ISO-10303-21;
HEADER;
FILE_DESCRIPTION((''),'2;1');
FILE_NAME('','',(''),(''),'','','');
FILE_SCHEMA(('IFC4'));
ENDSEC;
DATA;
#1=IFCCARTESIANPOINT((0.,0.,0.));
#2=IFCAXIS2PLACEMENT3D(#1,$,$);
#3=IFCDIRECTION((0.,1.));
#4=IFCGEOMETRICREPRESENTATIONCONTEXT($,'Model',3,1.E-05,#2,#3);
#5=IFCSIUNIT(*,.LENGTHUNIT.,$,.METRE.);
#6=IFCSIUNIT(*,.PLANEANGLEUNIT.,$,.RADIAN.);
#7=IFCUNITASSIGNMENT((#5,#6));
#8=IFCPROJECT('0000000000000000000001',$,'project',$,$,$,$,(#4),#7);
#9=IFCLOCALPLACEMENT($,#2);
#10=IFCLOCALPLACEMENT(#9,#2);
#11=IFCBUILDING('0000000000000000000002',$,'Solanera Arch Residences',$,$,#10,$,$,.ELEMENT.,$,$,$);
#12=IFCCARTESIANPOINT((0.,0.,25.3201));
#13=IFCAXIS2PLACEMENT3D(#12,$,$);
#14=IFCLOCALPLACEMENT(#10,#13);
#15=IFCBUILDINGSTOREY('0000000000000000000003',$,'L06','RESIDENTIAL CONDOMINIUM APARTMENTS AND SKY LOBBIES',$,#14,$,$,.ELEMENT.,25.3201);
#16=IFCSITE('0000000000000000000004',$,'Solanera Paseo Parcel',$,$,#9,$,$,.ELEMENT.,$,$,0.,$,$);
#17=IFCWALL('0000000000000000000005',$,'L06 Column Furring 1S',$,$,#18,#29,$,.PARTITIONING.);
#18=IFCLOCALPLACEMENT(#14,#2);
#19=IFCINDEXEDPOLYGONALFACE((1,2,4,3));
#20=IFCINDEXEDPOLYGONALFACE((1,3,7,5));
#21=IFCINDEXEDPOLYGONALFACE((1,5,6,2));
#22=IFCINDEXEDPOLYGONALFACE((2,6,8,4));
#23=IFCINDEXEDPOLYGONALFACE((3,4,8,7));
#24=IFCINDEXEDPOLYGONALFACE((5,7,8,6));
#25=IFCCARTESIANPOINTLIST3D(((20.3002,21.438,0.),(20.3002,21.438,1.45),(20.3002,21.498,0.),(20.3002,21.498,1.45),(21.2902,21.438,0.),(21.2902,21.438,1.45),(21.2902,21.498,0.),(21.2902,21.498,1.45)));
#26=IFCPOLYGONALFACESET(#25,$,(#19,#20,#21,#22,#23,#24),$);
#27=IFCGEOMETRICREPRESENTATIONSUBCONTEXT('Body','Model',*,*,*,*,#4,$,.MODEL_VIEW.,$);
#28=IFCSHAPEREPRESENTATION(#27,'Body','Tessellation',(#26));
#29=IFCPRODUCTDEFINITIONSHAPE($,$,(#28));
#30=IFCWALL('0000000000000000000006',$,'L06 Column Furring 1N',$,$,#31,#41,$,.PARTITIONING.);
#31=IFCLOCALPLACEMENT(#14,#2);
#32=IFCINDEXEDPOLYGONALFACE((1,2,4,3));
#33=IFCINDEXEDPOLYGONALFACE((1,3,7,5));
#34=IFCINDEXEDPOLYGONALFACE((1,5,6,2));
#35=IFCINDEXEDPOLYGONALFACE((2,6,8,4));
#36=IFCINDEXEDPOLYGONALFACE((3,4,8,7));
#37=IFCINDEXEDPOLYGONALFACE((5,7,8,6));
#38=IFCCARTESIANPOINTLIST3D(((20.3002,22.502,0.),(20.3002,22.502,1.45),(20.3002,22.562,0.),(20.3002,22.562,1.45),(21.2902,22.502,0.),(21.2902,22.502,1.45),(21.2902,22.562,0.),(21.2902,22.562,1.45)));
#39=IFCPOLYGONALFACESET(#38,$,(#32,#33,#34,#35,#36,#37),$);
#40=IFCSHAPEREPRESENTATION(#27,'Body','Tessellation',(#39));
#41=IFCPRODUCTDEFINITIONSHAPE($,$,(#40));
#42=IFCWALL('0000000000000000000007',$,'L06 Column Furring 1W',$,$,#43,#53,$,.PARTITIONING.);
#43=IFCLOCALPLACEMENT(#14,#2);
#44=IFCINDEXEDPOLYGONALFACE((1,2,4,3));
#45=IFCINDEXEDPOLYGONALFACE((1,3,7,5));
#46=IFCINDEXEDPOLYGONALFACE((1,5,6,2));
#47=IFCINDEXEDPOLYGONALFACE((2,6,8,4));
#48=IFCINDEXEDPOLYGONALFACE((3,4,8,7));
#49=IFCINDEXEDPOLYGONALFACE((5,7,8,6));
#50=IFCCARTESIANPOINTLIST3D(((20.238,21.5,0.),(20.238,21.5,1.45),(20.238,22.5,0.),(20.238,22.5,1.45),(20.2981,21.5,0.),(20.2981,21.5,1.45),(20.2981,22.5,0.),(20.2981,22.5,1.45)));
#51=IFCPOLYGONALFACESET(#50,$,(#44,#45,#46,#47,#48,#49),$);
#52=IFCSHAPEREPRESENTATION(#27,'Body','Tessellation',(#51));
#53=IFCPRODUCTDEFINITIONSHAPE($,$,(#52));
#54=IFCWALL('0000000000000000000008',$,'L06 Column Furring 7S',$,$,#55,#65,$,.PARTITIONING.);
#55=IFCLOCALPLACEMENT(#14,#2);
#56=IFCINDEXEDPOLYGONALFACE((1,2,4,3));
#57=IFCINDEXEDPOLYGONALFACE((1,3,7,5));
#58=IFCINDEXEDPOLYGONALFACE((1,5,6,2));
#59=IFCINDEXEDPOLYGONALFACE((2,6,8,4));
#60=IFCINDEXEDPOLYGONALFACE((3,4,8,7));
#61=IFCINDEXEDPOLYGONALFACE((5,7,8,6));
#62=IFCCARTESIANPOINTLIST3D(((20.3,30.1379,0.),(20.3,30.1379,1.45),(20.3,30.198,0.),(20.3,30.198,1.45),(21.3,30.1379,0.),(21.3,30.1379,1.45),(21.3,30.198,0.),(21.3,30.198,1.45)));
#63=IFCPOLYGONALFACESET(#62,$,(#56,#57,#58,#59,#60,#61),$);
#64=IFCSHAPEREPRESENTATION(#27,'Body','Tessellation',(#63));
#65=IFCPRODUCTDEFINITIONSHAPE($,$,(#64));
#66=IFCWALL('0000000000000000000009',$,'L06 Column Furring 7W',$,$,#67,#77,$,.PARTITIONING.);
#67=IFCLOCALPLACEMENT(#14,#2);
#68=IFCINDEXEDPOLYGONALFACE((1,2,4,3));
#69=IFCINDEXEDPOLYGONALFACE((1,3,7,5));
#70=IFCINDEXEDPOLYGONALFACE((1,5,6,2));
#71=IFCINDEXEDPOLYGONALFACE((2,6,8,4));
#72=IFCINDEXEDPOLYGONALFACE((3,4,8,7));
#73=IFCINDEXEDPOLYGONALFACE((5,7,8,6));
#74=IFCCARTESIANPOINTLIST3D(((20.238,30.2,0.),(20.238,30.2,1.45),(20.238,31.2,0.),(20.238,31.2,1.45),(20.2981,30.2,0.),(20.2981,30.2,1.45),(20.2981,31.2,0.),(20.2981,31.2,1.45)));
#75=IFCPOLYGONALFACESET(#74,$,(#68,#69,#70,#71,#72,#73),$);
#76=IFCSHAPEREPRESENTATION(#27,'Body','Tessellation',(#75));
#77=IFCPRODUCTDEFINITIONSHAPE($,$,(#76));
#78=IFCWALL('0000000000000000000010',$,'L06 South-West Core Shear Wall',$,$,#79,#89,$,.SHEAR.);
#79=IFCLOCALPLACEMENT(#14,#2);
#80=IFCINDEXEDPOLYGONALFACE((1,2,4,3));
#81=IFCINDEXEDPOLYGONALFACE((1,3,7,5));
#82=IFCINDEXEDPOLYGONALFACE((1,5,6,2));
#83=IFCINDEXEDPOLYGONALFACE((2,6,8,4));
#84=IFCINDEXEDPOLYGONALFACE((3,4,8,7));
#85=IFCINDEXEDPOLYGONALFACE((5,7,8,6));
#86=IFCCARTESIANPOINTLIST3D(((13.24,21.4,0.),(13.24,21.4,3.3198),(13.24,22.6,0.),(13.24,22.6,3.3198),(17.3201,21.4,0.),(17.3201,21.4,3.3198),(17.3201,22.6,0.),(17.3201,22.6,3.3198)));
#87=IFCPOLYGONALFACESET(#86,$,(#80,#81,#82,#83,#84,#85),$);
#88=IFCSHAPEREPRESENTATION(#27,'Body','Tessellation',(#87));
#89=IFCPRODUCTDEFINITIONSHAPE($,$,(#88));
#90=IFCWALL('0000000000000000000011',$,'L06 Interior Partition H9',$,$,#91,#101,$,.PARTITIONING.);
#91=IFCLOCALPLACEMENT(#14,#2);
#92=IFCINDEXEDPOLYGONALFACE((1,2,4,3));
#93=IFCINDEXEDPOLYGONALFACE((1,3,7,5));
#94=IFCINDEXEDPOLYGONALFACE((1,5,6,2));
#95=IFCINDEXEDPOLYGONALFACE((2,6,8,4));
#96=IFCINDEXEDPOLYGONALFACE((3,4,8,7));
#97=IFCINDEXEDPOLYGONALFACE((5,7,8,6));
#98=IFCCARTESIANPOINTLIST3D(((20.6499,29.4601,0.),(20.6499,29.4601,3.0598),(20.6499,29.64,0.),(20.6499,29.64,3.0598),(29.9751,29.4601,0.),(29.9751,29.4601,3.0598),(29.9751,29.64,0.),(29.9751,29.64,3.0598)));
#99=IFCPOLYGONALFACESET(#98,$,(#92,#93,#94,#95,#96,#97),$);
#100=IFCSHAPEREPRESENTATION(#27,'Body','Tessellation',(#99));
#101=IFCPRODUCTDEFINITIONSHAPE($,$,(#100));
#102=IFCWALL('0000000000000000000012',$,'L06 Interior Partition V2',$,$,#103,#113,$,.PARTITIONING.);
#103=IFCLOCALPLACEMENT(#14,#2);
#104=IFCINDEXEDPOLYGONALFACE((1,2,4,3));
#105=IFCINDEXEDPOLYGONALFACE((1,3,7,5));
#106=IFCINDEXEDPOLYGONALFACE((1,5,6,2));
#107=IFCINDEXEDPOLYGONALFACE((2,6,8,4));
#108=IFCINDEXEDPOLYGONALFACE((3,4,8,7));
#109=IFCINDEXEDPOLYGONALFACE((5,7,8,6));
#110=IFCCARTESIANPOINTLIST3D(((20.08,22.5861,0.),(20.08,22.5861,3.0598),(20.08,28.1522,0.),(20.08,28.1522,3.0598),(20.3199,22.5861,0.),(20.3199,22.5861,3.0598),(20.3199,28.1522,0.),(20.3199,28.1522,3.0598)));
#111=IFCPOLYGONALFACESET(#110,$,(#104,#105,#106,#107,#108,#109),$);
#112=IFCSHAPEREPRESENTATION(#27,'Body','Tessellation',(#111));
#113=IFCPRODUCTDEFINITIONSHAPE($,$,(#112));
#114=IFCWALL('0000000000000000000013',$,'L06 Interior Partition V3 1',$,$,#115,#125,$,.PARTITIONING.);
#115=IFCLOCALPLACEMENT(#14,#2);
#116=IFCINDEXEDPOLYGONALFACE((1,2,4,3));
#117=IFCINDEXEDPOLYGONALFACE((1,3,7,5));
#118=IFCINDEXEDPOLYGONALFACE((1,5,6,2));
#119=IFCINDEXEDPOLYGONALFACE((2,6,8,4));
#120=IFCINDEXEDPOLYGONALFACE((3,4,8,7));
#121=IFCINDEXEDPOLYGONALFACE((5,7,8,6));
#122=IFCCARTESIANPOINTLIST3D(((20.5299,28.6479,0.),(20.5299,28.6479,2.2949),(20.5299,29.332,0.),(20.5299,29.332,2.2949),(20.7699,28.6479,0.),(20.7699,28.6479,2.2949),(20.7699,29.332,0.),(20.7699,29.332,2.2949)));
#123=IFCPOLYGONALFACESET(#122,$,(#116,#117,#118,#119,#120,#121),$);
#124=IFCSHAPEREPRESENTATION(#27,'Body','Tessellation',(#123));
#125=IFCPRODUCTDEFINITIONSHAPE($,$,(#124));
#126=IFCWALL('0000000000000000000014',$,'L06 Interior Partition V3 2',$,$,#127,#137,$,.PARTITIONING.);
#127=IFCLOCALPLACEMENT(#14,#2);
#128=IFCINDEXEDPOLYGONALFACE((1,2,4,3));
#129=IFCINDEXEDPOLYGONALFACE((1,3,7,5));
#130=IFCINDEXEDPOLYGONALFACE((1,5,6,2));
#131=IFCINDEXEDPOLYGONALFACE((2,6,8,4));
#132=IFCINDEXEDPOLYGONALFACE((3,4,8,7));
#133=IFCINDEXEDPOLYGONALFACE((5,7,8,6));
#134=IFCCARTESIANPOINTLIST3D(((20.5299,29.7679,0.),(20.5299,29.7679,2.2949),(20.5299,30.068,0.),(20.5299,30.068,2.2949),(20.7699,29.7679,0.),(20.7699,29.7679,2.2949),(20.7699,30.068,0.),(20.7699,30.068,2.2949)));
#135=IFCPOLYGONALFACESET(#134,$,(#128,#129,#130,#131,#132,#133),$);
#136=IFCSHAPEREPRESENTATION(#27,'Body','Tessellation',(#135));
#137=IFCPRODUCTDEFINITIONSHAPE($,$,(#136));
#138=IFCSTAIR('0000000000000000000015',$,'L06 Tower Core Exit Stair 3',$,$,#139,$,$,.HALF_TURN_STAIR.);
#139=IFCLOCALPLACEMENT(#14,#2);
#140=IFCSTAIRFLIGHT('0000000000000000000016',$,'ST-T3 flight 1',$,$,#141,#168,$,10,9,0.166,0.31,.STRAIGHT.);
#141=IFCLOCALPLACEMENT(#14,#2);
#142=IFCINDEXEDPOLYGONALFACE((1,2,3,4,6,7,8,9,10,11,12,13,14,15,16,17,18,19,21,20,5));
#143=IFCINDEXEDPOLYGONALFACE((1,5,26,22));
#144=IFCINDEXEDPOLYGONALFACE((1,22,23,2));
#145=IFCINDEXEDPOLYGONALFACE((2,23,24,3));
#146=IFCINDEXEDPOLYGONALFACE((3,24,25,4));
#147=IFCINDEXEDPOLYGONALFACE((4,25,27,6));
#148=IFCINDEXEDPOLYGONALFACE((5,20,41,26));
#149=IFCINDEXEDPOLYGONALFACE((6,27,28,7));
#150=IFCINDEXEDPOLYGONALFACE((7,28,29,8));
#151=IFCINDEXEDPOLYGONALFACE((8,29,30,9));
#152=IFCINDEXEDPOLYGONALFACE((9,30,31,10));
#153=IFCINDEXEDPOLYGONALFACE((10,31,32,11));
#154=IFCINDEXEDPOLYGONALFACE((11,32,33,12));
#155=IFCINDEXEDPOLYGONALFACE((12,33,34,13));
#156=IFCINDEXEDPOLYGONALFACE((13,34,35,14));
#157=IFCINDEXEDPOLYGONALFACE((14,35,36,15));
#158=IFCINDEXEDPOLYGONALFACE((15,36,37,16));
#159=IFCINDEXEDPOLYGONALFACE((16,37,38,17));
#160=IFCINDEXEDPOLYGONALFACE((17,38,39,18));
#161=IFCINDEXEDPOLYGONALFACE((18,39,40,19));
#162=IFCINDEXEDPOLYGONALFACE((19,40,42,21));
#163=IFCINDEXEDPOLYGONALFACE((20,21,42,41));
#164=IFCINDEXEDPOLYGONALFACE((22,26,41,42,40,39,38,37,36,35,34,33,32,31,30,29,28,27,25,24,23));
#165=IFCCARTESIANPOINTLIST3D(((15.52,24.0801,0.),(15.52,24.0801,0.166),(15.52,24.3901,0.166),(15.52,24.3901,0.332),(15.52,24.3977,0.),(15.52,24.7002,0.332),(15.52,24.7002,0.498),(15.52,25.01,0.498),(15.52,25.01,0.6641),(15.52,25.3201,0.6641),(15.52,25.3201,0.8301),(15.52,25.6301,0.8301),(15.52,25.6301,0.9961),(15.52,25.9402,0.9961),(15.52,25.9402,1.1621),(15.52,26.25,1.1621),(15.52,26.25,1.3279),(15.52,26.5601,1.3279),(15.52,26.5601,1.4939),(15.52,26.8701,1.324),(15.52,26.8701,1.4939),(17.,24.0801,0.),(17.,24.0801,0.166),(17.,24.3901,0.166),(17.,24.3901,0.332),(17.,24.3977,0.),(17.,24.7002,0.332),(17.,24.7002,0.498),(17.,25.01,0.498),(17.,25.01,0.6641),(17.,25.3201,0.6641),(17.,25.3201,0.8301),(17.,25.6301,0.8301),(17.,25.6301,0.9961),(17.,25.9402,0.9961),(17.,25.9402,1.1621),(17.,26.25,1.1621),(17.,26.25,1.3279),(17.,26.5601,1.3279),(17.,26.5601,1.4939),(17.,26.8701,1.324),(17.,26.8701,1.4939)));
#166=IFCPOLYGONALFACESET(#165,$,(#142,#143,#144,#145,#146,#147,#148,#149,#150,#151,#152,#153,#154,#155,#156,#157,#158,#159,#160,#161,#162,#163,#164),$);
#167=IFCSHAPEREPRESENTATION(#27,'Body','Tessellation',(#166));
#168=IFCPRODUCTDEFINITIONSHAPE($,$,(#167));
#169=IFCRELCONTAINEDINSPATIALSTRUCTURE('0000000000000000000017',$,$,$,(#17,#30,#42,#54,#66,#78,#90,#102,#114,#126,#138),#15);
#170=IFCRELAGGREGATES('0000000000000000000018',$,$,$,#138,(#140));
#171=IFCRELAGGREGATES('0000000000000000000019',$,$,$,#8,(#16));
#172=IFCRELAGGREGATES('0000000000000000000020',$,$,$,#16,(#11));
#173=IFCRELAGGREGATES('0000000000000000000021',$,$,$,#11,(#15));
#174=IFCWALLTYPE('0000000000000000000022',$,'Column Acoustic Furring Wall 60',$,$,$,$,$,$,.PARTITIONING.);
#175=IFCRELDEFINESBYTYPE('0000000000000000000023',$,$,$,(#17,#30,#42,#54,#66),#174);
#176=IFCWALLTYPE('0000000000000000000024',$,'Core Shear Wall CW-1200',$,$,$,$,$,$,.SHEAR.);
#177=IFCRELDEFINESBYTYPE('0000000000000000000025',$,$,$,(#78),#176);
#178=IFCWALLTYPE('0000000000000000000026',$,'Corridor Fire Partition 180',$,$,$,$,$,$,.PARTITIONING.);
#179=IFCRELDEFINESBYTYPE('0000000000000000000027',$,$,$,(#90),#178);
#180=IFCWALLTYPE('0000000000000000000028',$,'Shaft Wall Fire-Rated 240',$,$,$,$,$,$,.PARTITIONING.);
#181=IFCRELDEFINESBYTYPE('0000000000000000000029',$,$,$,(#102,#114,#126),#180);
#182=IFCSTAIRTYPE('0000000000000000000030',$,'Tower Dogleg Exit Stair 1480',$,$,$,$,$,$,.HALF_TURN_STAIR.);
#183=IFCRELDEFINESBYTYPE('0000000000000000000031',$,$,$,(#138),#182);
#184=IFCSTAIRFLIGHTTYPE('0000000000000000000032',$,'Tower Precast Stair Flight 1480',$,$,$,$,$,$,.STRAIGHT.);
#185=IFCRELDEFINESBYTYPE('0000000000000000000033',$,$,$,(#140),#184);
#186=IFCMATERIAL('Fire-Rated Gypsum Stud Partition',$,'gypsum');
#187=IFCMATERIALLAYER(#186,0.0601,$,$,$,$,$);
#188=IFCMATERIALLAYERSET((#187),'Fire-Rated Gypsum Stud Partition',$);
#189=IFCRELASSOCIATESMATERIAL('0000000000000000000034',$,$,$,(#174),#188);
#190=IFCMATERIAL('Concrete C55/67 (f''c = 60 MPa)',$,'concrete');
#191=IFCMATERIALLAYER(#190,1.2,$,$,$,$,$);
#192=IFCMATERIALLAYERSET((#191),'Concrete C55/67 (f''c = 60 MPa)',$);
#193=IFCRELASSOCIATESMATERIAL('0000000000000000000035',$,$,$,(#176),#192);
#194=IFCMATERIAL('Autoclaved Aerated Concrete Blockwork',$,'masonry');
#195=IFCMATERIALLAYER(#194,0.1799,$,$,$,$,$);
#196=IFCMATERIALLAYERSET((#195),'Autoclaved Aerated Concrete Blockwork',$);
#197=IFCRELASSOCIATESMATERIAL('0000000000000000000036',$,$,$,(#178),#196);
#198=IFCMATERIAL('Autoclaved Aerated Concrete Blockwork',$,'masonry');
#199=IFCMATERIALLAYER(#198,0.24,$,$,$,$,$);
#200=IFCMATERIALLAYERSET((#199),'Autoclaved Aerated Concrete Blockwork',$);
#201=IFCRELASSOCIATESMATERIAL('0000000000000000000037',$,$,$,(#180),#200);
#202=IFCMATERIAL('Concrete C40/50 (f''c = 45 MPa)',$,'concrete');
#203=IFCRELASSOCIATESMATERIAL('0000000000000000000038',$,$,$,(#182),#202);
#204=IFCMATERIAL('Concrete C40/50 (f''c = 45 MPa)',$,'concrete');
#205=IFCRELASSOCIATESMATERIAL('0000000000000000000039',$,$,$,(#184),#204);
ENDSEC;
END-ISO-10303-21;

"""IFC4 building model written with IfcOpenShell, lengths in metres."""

from ifc_helpers import new_model, si_unit, direction, frame, frame_2d, origin, place, context, subcontext, project, spatial, polyline, rectangle, outline, extrude, material, layer, layer_set, type_object, element, aggregate, save


model = new_model("IFC4")

# Units and contexts
model_context = context("Model", 3, precision=1e-05, world=origin(), true_north=direction((0.0, 1.0)))
body_context = subcontext(model_context, "Body", "Model", "MODEL_VIEW")
ifc_project = project(units=[si_unit("LENGTHUNIT", "METRE"), si_unit("PLANEANGLEUNIT", "RADIAN")], contexts=[model_context])

# Site, building, storey
site_placement = place(None, origin())
site = spatial("IfcSite", under=ifc_project, at=site_placement, Name="Solanera Paseo Parcel", CompositionType="ELEMENT", RefElevation=0.0)
building_placement = place(site_placement, origin())
building = spatial("IfcBuilding", under=site, at=building_placement, Name="Solanera Arch Residences", CompositionType="ELEMENT")
storey_placement = place(building_placement, frame((0.0, 0.0, 25.3201)))
storey = spatial("IfcBuildingStorey", under=building, at=storey_placement, Name="L06", Description="RESIDENTIAL CONDOMINIUM APARTMENTS AND SKY LOBBIES", CompositionType="ELEMENT", Elevation=25.3201)

# Walls
ifc_material_1 = material(Name="Fire-Rated Gypsum Stud Partition", Category="gypsum")
ifc_layer_1 = layer(ifc_material_1, 0.0601)
ifc_layer_set_1 = layer_set([ifc_layer_1], Name="Fire-Rated Gypsum Stud Partition")
wall_type_1 = type_object("IfcWallType", Name="Column Acoustic Furring Wall 60", PredefinedType="PARTITIONING", material=ifc_layer_set_1)
for number, where, z_axis, x_axis, name in (
    (1, (20.3, 21.468, 0.0), (0.0, 0.0, 1.0), (1.0, 0.0, 0.0), "L06 Column Furring 1S"),
    (2, (20.3, 22.532, 0.0), (0.0, 0.0, 1.0), (1.0, 0.0, 0.0), "L06 Column Furring 1N"),
):
    element("IfcWall", number, at=place(storey_placement, frame(where, z_axis=z_axis, x_axis=x_axis)), inside=storey, type_object=wall_type_1, Name=name, PredefinedType="PARTITIONING", context=body_context, shape_type="SweptSolid", body=[
        extrude(rectangle(XDim=0.99, YDim=0.0601, at=frame_2d((0.4951, 0.0))), origin(), (0.0, 0.0, 1.0), 1.45),
    ])
for number, where, z_axis, x_axis, name in (
    (3, (20.2681, 21.5, 0.0), (0.0, 0.0, 1.0), (0.0, 1.0, 0.0), "L06 Column Furring 1W"),
    (4, (20.3, 30.168, 0.0), (0.0, 0.0, 1.0), (1.0, 0.0, 0.0), "L06 Column Furring 7S"),
    (5, (20.2681, 30.2, 0.0), (0.0, 0.0, 1.0), (0.0, 1.0, 0.0), "L06 Column Furring 7W"),
):
    element("IfcWall", number, at=place(storey_placement, frame(where, z_axis=z_axis, x_axis=x_axis)), inside=storey, type_object=wall_type_1, Name=name, PredefinedType="PARTITIONING", context=body_context, shape_type="SweptSolid", body=[
        extrude(rectangle(XDim=1.0, YDim=0.0601, at=frame_2d((0.5, 0.0))), origin(), (0.0, 0.0, 1.0), 1.45),
    ])
ifc_material_2 = material(Name="Concrete C55/67 (f'c = 60 MPa)", Category="concrete")
ifc_layer_2 = layer(ifc_material_2, 1.2)
ifc_layer_set_2 = layer_set([ifc_layer_2], Name="Concrete C55/67 (f'c = 60 MPa)")
wall_type_2 = type_object("IfcWallType", Name="Core Shear Wall CW-1200", PredefinedType="SHEAR", material=ifc_layer_set_2)
wall_1_placement = place(storey_placement, frame((13.24, 22.0, 0.0), z_axis=(0.0, 0.0, 1.0), x_axis=(1.0, 0.0, 0.0)))
element("IfcWall", 6, at=wall_1_placement, inside=storey, type_object=wall_type_2, Name="L06 South-West Core Shear Wall", PredefinedType="SHEAR", context=body_context, shape_type="SweptSolid", body=[
    extrude(rectangle(XDim=4.0801, YDim=1.2, at=frame_2d((2.04, 0.0))), origin(), (0.0, 0.0, 1.0), 3.3198),
])

# Wall
ifc_material_3 = material(Name="Autoclaved Aerated Concrete Blockwork", Category="masonry")
ifc_layer_3 = layer(ifc_material_3, 0.1799)
ifc_layer_set_3 = layer_set([ifc_layer_3], Name="Autoclaved Aerated Concrete Blockwork")
wall_type_3 = type_object("IfcWallType", Name="Corridor Fire Partition 180", PredefinedType="PARTITIONING", material=ifc_layer_set_3)
wall_2_placement = place(storey_placement, frame((20.6499, 29.55, 0.0), z_axis=(0.0, 0.0, 1.0), x_axis=(1.0, 0.0, 0.0)))
element("IfcWall", 7, at=wall_2_placement, inside=storey, type_object=wall_type_3, Name="L06 Interior Partition H9", PredefinedType="PARTITIONING", context=body_context, shape_type="SweptSolid", body=[
    extrude(rectangle(XDim=9.3252, YDim=0.1799, at=frame_2d((4.6626, 0.0))), origin(), (0.0, 0.0, 1.0), 3.0598),
])

# Shared definitions
ifc_material_4 = material(Name="Autoclaved Aerated Concrete Blockwork", Category="masonry")
ifc_layer_4 = layer(ifc_material_4, 0.24)
ifc_layer_set_4 = layer_set([ifc_layer_4], Name="Autoclaved Aerated Concrete Blockwork")
wall_type_4 = type_object("IfcWallType", Name="Shaft Wall Fire-Rated 240", PredefinedType="PARTITIONING", material=ifc_layer_set_4)

# Walls
wall_3_placement = place(storey_placement, frame((20.2, 22.5859, 0.0), z_axis=(0.0, 0.0, 1.0), x_axis=(0.0, 1.0, 0.0)))
element("IfcWall", 8, at=wall_3_placement, inside=storey, type_object=wall_type_4, Name="L06 Interior Partition V2", PredefinedType="PARTITIONING", context=body_context, shape_type="SweptSolid", body=[
    extrude(rectangle(XDim=5.5662, YDim=0.24, at=frame_2d((2.7832, 0.0))), origin(), (0.0, 0.0, 1.0), 3.0598),
])
wall_4_placement = place(storey_placement, frame((20.6499, 28.6479, 0.0), z_axis=(0.0, 0.0, 1.0), x_axis=(0.0, 1.0, 0.0)))
element("IfcWall", 9, at=wall_4_placement, inside=storey, type_object=wall_type_4, Name="L06 Interior Partition V3 1", PredefinedType="PARTITIONING", context=body_context, shape_type="SweptSolid", body=[
    extrude(rectangle(XDim=0.6841, YDim=0.24, at=frame_2d((0.342, 0.0))), origin(), (0.0, 0.0, 1.0), 2.2949),
])
wall_5_placement = place(storey_placement, frame((20.6499, 29.7681, 0.0), z_axis=(0.0, 0.0, 1.0), x_axis=(0.0, 1.0, 0.0)))
element("IfcWall", 10, at=wall_5_placement, inside=storey, type_object=wall_type_4, Name="L06 Interior Partition V3 2", PredefinedType="PARTITIONING", context=body_context, shape_type="SweptSolid", body=[
    extrude(rectangle(XDim=0.3, YDim=0.24, at=frame_2d((0.1499, 0.0))), origin(), (0.0, 0.0, 1.0), 2.2949),
])

# Stair, stair flight
ifc_material_5 = material(Name="Concrete C40/50 (f'c = 45 MPa)", Category="concrete")
stair_type = type_object("IfcStairType", Name="Tower Dogleg Exit Stair 1480", PredefinedType="HALF_TURN_STAIR", material=ifc_material_5)
stair_placement = place(storey_placement, origin())
stair = element("IfcStair", 11, at=stair_placement, inside=storey, type_object=stair_type, Name="L06 Tower Core Exit Stair 3", PredefinedType="HALF_TURN_STAIR")
ifc_material_6 = material(Name="Concrete C40/50 (f'c = 45 MPa)", Category="concrete")
stair_flight_type = type_object("IfcStairFlightType", Name="Tower Precast Stair Flight 1480", PredefinedType="STRAIGHT", material=ifc_material_6)
stair_flight_1_placement = place(storey_placement, frame((16.26, 24.0801, 0.0), z_axis=(0.0, 0.0, 1.0), x_axis=(0.0, 1.0, 0.0)))
stair_flight_1 = element("IfcStairFlight", 12, at=stair_flight_1_placement, type_object=stair_flight_type, Name="ST-T3 flight 1", NumberOfRisers=10, NumberOfTreads=9, PredefinedType="STRAIGHT", RiserHeight=0.166, TreadLength=0.31, context=body_context, shape_type="SweptSolid", body=[
    extrude(outline(polyline([(0.0, 0.0), (0.0, 0.166), (0.3101, 0.166), (0.3101, 0.332), (0.6201, 0.332), (0.6201, 0.498), (0.9299, 0.498), (0.9299, 0.6641), (1.24, 0.6641), (1.24, 0.8301), (1.55, 0.8301), (1.55, 0.9961), (1.8601, 0.9961), (1.8601, 1.1621), (2.1699, 1.1621), (2.1699, 1.3279), (2.48, 1.3279), (2.48, 1.4939), (2.79, 1.4939), (2.79, 1.6599), (2.79, 1.324), (0.3176, 0.0), (0.0, 0.0)])), frame((0.0, 0.74, 0.0), z_axis=(0.0, -1.0, 0.0), x_axis=(1.0, 0.0, 0.0)), (0.0, 0.0, 1.0), 1.48),
])
aggregate(stair, [stair_flight_1])

save(model, "model.ifc")
